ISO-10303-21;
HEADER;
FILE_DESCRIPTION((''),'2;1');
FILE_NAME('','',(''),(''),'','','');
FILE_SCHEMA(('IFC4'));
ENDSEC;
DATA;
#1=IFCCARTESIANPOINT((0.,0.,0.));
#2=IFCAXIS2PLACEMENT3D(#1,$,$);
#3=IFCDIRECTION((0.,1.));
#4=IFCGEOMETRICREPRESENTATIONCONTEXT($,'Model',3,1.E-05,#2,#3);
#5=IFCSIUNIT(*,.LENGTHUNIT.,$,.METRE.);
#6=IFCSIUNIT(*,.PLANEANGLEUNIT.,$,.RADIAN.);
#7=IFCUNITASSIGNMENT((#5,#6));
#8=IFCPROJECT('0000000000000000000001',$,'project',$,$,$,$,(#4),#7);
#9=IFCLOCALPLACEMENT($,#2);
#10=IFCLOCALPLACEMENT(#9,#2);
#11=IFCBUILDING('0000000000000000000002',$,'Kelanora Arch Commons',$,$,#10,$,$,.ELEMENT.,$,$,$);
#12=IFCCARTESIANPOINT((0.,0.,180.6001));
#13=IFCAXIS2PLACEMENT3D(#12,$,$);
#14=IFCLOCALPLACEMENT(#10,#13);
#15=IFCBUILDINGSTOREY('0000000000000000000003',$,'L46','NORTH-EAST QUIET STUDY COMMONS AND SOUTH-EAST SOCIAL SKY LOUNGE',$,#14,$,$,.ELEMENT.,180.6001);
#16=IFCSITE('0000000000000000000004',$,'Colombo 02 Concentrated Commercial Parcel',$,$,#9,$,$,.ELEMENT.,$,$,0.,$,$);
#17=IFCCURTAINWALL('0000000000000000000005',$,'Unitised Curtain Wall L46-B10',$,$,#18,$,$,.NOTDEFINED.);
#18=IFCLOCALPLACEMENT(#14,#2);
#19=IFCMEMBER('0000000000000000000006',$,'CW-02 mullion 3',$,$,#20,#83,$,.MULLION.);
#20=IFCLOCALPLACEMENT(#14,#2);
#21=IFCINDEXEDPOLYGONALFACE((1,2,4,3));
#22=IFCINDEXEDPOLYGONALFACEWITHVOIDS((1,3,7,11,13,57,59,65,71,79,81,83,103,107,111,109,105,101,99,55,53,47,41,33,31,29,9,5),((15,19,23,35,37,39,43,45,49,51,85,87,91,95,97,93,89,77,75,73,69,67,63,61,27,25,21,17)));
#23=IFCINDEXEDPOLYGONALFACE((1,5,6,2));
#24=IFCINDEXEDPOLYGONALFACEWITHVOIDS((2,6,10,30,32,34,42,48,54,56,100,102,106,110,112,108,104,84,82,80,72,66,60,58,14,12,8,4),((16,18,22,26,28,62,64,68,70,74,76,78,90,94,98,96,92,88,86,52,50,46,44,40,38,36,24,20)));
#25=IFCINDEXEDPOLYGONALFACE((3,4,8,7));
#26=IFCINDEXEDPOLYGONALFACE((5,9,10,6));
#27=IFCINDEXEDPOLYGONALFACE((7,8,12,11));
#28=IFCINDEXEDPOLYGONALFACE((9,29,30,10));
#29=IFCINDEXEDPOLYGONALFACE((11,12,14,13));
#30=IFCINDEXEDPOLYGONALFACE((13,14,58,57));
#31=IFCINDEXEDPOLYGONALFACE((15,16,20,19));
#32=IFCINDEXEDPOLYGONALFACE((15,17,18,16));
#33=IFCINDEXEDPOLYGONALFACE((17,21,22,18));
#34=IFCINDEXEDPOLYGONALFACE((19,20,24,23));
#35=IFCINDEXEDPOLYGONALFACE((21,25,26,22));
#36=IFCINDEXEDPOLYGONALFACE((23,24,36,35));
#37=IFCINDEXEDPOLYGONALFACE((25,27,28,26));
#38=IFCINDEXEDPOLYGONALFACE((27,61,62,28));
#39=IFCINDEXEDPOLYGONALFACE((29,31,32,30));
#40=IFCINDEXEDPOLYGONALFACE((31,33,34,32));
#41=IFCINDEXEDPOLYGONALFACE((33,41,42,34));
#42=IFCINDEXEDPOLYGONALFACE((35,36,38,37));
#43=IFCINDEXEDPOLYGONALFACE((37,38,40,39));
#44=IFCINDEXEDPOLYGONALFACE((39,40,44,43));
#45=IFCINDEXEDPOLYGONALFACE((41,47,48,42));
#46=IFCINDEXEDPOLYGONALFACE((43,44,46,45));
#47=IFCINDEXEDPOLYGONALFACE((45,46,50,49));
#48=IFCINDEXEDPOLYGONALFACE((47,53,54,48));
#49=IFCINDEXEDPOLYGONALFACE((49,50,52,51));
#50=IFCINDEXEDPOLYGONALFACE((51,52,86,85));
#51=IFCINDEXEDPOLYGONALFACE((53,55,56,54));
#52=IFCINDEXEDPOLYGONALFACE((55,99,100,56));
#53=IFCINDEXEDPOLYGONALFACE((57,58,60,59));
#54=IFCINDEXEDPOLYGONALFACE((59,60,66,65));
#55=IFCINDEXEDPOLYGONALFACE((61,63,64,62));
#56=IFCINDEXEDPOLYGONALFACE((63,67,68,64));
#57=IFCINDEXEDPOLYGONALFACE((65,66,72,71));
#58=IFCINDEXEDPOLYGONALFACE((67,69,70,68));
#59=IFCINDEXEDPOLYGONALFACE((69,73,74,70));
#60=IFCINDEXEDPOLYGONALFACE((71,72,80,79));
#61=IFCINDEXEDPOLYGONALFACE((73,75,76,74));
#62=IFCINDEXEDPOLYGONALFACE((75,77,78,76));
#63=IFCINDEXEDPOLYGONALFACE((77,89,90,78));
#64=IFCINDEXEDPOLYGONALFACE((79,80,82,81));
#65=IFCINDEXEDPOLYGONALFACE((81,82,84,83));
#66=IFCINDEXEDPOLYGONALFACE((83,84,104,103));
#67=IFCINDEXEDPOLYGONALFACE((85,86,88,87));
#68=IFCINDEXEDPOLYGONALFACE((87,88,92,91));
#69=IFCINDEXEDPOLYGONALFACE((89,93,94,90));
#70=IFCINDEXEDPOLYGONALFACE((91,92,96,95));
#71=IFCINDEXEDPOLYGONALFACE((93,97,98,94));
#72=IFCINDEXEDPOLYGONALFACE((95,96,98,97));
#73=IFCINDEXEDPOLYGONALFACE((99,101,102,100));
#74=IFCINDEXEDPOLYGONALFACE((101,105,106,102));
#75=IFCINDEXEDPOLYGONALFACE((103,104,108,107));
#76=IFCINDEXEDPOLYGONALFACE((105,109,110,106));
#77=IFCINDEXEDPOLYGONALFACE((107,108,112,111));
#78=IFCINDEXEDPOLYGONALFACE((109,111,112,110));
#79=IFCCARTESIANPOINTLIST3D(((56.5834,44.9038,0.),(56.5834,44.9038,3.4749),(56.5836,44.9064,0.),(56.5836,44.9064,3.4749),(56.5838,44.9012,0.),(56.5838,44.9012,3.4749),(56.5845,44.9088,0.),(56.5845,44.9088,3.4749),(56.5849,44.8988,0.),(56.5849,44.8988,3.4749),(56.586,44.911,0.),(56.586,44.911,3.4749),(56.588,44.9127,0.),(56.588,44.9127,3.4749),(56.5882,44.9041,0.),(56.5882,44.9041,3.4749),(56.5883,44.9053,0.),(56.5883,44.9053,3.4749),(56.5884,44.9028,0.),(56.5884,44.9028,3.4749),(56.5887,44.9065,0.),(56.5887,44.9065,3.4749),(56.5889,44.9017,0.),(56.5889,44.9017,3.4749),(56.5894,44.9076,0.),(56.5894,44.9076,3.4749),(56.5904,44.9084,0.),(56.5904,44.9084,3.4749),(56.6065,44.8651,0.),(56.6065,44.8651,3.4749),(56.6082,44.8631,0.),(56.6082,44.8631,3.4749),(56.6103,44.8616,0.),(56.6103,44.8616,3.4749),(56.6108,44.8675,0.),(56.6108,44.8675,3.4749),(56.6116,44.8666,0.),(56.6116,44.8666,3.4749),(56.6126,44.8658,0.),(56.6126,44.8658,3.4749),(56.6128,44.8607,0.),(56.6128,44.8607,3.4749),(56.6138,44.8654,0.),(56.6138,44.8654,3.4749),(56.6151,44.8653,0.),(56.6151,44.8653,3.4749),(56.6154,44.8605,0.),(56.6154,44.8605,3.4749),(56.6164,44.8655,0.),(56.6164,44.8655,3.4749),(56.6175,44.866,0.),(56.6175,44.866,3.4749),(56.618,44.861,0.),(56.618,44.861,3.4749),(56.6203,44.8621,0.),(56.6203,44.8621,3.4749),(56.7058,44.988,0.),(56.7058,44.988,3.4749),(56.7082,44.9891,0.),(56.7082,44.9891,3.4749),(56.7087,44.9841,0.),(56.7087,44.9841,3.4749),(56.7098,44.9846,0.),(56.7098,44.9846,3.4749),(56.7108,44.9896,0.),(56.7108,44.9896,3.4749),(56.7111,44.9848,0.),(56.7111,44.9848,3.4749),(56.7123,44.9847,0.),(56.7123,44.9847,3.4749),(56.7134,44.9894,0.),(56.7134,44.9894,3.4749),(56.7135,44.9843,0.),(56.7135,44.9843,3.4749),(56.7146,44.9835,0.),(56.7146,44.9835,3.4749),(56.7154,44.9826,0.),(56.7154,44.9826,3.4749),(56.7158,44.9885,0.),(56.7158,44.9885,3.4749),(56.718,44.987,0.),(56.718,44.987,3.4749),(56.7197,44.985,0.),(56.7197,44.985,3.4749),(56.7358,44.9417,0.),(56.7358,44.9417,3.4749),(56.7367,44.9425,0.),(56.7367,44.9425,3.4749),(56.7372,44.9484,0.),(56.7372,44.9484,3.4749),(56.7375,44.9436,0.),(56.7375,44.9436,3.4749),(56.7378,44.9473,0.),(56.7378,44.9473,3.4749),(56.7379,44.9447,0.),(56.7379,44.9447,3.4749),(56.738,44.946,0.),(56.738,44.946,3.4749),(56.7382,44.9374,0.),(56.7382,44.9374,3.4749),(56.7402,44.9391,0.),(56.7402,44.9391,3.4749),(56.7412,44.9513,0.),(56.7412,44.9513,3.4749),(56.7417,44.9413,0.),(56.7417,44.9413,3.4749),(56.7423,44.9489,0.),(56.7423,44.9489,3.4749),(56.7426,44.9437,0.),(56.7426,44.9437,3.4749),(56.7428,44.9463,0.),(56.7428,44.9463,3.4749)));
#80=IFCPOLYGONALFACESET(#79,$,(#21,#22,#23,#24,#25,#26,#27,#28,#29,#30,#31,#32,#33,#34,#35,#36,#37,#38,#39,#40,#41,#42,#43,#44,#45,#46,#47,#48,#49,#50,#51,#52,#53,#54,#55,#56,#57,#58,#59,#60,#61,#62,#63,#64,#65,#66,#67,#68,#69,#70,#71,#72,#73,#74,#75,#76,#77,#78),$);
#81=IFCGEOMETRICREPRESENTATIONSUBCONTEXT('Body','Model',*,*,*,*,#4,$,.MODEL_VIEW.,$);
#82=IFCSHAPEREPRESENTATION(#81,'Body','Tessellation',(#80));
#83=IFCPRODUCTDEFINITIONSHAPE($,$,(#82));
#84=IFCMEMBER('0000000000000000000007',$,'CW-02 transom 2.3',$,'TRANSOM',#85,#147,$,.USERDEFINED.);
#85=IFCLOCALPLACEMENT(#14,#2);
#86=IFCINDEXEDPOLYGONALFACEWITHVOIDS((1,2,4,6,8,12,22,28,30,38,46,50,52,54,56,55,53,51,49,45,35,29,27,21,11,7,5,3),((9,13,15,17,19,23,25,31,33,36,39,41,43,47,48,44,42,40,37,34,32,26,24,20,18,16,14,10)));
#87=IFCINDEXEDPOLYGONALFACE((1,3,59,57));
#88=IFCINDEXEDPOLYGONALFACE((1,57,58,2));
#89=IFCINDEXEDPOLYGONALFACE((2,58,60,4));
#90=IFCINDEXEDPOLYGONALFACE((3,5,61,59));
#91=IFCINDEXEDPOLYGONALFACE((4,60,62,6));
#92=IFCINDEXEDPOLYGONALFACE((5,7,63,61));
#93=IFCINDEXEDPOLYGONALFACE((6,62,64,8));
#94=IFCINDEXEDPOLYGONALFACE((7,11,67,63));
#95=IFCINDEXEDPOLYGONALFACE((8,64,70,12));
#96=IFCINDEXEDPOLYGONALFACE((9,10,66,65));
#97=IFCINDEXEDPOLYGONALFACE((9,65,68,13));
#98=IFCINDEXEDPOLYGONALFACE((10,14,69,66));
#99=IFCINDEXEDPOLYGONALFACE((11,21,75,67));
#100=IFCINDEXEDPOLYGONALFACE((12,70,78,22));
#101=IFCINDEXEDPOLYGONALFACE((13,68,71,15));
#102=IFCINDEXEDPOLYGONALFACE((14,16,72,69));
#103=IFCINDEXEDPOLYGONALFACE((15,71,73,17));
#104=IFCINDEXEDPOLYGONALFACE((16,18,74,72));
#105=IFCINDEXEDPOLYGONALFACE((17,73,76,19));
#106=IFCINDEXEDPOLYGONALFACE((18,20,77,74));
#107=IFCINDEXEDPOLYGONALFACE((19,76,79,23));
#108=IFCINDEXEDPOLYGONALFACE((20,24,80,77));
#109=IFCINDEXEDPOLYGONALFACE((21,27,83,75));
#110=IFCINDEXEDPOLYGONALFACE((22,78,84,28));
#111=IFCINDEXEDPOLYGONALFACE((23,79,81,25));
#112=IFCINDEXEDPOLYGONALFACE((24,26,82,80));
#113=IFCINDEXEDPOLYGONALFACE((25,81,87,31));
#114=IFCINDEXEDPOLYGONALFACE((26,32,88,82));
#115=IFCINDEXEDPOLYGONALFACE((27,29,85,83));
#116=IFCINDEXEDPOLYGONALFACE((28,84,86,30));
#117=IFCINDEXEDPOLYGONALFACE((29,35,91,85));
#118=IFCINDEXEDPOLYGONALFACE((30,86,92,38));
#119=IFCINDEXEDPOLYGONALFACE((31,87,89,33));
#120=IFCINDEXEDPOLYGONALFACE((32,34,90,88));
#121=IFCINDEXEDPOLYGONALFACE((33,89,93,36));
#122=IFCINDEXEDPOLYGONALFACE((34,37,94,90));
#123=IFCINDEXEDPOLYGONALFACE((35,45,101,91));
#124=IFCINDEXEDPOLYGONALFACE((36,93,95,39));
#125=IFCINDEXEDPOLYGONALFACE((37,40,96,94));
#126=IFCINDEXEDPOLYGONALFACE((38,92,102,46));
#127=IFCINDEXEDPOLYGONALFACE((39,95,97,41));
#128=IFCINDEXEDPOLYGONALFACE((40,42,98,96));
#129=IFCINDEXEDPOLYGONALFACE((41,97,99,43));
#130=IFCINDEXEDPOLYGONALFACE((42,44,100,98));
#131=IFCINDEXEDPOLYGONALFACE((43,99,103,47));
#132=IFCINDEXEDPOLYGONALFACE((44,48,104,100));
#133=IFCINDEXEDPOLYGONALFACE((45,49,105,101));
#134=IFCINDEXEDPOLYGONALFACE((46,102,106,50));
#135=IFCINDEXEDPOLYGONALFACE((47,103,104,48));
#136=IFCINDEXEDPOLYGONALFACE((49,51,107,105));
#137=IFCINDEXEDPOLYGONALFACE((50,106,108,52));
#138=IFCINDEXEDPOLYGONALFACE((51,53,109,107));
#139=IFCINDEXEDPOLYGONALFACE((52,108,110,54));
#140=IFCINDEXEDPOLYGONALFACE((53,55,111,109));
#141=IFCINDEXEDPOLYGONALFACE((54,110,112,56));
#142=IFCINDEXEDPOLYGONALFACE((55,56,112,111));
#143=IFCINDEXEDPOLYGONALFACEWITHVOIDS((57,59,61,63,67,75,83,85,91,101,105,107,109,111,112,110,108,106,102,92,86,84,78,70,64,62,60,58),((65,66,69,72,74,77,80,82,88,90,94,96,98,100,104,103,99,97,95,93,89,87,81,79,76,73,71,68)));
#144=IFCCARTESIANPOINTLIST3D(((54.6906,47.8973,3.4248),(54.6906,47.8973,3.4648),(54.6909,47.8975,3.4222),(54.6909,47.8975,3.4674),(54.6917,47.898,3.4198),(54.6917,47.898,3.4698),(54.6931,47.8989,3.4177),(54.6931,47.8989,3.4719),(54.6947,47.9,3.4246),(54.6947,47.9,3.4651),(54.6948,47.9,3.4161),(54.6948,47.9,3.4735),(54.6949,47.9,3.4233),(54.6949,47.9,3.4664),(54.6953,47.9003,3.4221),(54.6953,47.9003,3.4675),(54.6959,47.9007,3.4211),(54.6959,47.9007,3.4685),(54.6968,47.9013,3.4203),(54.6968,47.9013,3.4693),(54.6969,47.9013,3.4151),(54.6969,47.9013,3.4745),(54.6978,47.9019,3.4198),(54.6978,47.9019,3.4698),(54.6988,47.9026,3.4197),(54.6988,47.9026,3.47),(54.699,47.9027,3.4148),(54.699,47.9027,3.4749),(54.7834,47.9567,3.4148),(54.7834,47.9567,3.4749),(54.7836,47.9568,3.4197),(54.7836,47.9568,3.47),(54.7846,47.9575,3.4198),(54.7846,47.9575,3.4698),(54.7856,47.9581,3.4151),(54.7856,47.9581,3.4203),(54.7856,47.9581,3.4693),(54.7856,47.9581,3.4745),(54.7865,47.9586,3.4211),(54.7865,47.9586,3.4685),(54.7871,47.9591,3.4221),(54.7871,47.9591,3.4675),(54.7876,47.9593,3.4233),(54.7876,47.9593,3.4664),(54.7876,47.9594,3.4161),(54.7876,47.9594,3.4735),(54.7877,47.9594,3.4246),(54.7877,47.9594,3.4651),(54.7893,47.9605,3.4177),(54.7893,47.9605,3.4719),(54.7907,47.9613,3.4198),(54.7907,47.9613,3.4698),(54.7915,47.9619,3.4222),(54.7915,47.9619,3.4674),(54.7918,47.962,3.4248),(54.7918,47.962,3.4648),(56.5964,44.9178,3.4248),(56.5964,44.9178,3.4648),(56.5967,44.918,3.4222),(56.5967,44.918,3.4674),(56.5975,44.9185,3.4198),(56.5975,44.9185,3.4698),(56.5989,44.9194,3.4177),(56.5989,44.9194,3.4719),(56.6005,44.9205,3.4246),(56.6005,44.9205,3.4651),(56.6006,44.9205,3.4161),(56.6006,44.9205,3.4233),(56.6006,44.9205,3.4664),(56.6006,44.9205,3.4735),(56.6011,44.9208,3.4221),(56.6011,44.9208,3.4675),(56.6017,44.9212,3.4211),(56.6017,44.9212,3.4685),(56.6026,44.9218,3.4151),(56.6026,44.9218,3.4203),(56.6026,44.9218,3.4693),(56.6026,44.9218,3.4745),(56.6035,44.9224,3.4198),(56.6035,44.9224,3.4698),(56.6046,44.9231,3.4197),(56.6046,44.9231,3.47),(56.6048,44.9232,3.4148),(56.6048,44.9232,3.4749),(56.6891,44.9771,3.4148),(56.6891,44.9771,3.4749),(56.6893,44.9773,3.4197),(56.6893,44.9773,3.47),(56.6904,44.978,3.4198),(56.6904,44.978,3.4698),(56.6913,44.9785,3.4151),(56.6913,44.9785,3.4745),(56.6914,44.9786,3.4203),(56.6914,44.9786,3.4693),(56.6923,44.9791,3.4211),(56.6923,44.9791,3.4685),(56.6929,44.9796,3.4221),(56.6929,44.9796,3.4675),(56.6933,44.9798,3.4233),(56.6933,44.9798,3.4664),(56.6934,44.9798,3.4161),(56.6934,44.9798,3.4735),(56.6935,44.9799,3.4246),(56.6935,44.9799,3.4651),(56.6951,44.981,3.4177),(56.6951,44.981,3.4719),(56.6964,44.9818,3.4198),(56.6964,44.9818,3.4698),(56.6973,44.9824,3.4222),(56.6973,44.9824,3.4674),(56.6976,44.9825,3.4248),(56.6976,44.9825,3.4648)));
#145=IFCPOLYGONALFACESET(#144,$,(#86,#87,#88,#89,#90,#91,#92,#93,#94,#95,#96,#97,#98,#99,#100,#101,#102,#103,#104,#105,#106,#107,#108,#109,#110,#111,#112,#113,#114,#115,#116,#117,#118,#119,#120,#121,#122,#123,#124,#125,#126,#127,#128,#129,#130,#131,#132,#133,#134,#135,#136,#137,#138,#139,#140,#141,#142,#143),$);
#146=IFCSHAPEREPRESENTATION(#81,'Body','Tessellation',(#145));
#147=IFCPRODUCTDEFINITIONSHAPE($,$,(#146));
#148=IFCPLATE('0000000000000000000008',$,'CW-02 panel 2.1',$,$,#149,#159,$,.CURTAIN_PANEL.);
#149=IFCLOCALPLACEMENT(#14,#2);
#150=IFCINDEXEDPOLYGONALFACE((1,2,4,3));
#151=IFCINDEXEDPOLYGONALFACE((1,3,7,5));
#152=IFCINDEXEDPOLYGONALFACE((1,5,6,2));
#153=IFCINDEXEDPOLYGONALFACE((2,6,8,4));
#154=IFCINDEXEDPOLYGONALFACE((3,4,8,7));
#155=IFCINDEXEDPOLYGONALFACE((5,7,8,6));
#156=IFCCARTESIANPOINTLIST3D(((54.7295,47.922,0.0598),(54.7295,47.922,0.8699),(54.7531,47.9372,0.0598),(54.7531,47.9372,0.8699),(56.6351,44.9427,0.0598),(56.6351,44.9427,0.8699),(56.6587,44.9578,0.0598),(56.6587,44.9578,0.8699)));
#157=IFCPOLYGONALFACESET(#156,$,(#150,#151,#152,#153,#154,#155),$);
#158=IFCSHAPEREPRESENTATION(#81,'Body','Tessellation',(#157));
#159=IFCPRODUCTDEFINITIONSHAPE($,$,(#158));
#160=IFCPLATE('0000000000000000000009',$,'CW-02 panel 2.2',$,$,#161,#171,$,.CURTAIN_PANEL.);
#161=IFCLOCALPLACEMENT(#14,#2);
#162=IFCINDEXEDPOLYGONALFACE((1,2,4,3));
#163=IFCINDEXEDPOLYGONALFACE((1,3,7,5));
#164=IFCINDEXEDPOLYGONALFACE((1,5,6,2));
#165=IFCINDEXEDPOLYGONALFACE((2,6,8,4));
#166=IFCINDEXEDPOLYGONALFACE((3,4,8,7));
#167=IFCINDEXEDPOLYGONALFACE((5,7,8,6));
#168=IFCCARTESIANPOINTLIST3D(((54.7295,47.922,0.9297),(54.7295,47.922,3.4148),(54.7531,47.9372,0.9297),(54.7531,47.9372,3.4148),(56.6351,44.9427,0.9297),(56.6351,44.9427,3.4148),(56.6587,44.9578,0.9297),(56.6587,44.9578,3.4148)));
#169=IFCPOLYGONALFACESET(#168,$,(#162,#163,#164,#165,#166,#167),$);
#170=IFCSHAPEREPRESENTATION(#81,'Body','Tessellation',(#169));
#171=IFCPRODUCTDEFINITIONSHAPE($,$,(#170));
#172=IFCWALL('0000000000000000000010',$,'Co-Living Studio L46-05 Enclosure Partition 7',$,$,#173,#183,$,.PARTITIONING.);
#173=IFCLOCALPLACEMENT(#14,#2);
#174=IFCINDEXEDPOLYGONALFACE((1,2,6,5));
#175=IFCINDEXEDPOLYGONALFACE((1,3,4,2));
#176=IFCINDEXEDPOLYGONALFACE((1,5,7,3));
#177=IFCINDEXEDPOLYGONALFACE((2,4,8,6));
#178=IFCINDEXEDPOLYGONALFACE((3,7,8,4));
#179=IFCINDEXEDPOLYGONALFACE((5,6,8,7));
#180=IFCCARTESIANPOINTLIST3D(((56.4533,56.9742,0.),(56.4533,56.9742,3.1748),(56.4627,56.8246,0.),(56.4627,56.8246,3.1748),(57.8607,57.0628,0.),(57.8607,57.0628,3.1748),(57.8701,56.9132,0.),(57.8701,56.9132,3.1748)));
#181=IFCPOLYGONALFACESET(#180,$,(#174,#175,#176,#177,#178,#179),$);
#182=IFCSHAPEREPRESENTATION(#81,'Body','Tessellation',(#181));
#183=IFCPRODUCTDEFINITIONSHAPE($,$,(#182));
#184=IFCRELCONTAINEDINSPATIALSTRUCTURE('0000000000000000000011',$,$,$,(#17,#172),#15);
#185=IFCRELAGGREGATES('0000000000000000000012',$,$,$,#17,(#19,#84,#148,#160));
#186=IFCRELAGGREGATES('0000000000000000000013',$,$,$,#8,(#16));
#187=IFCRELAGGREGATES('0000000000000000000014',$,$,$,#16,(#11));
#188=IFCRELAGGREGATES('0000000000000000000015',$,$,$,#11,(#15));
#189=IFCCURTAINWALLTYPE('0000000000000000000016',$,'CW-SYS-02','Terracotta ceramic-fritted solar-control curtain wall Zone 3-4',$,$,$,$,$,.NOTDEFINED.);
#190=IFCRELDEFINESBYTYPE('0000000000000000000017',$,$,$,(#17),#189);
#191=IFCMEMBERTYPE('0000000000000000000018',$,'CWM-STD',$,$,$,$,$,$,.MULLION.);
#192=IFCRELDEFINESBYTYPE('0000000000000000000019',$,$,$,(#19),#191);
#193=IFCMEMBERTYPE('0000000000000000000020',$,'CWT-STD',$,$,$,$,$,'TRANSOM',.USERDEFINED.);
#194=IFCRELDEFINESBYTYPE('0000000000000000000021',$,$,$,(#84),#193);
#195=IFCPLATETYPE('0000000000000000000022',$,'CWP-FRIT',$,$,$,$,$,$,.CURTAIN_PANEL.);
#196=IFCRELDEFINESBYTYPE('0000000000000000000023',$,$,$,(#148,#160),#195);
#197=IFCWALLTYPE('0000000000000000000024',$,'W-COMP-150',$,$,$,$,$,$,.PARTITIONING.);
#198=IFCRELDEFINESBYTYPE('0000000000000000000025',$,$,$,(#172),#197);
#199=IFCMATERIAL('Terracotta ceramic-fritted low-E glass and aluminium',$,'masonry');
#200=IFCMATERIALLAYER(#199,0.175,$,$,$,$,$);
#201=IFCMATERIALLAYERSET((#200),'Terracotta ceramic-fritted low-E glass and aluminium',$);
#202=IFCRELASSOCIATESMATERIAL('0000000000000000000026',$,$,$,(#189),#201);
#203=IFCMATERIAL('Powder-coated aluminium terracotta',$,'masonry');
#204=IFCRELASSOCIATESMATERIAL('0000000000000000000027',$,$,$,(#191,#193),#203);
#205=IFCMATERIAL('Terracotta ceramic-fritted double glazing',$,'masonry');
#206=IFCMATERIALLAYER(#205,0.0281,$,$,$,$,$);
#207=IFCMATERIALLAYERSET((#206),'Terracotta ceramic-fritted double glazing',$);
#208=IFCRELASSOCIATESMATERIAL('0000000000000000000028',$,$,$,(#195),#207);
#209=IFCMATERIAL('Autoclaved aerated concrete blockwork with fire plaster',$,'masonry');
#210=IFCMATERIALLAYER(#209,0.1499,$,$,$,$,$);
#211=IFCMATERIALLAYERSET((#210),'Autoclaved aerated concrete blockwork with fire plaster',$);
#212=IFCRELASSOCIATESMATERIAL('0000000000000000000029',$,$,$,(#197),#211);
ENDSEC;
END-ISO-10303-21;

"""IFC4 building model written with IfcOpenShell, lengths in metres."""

from ifc_helpers import new_model, si_unit, direction, frame, frame_2d, origin, origin_2d, place, context, subcontext, project, spatial, rectangle, hollow_rectangle, extrude, source, transform, mapped, material, layer, layer_set, material_profile, profile_set, type_object, element, aggregate, save


model = new_model("IFC4")

# Units and contexts
model_context = context("Model", 3, precision=1e-05, world=origin(), true_north=direction((0.0, 1.0)))
body_context = subcontext(model_context, "Body", "Model", "MODEL_VIEW")
ifc_project = project(units=[si_unit("LENGTHUNIT", "METRE"), si_unit("PLANEANGLEUNIT", "RADIAN")], contexts=[model_context])

# Site, building, storey
site_placement = place(None, origin())
site = spatial("IfcSite", under=ifc_project, at=site_placement, Name="Colombo 02 Concentrated Commercial Parcel", CompositionType="ELEMENT", RefElevation=0.0)
building_placement = place(site_placement, origin())
building = spatial("IfcBuilding", under=site, at=building_placement, Name="Kelanora Arch Commons", CompositionType="ELEMENT")
storey_placement = place(building_placement, frame((0.0, 0.0, 180.6001)))
storey = spatial("IfcBuildingStorey", under=building, at=storey_placement, Name="L46", Description="NORTH-EAST QUIET STUDY COMMONS AND SOUTH-EAST SOCIAL SKY LOUNGE", CompositionType="ELEMENT", Elevation=180.6001)

# Curtain wall, members, plates
ifc_material_1 = material(Name="Terracotta ceramic-fritted low-E glass and aluminium", Category="masonry")
ifc_layer_1 = layer(ifc_material_1, 0.175)
ifc_layer_set_1 = layer_set([ifc_layer_1], Name="Terracotta ceramic-fritted low-E glass and aluminium")
curtain_wall_type = type_object("IfcCurtainWallType", Name="CW-SYS-02", Description="Terracotta ceramic-fritted solar-control curtain wall Zone 3-4", PredefinedType="NOTDEFINED", material=ifc_layer_set_1)
curtain_wall_placement = place(storey_placement, origin())
curtain_wall = element("IfcCurtainWall", 1, at=curtain_wall_placement, inside=storey, type_object=curtain_wall_type, Name="Unitised Curtain Wall L46-B10", PredefinedType="NOTDEFINED")
ifc_material_2 = material(Name="Powder-coated aluminium terracotta", Category="masonry")
ifc_material_profile_1 = material_profile(ifc_material_2, hollow_rectangle(XDim=0.1599, YDim=0.0601, WallThickness=0.0049, InnerFilletRadius=0.0049, OuterFilletRadius=0.01, at=origin_2d()), Name="CWM160x60")
ifc_profile_set_1 = profile_set([ifc_material_profile_1], Name="Powder-coated aluminium terracotta")
member_type_1 = type_object("IfcMemberType", Name="CWM-STD", PredefinedType="MULLION", material=ifc_profile_set_1)
member_1_placement = place(storey_placement, frame((56.6631, 44.925, 0.0), z_axis=(0.0, 0.0, 1.0), x_axis=(0.842423, 0.538817, 0.0)))
member_1 = element("IfcMember", 2, at=member_1_placement, type_object=member_type_1, Name="CW-02 mullion 3", PredefinedType="MULLION", context=body_context, shape_type="SweptSolid", body=[
    extrude(hollow_rectangle(XDim=0.1599, YDim=0.0601, WallThickness=0.0049, InnerFilletRadius=0.0049, OuterFilletRadius=0.01, at=origin_2d()), origin(), (0.0, 0.0, 1.0), 3.4749),
])
ifc_material_profile_2 = material_profile(ifc_material_2, hollow_rectangle(XDim=0.1201, YDim=0.0601, WallThickness=0.0049, InnerFilletRadius=0.0049, OuterFilletRadius=0.01, at=origin_2d()), Name="CWT120x60")
ifc_profile_set_2 = profile_set([ifc_material_profile_2], Name="Powder-coated aluminium terracotta")
member_type_2 = type_object("IfcMemberType", Name="CWT-STD", ElementType="TRANSOM", PredefinedType="USERDEFINED", material=ifc_profile_set_2)
member_2_placement = place(storey_placement, frame((54.7412, 47.9297, 3.4448), z_axis=(0.53883, -0.842414, 0.0), x_axis=(0.842414, 0.53883, 0.0)))
member_2 = element("IfcMember", 3, at=member_2_placement, type_object=member_type_2, Name="CW-02 transom 2.3", ObjectType="TRANSOM", PredefinedType="USERDEFINED", context=body_context, shape_type="SweptSolid", body=[
    extrude(hollow_rectangle(XDim=0.1201, YDim=0.0601, WallThickness=0.0049, InnerFilletRadius=0.0049, OuterFilletRadius=0.01, at=origin_2d()), origin(), (0.0, 0.0, 1.0), 3.5369),
])
ifc_material_3 = material(Name="Terracotta ceramic-fritted double glazing", Category="masonry")
ifc_layer_2 = layer(ifc_material_3, 0.0281)
ifc_layer_set_2 = layer_set([ifc_layer_2], Name="Terracotta ceramic-fritted double glazing")
plate_type = type_object("IfcPlateType", Name="CWP-FRIT", PredefinedType="CURTAIN_PANEL", material=ifc_layer_set_2)
shared_shape_1 = source(origin(), body_context, "Body", "SweptSolid", [
    extrude(rectangle(XDim=3.5366, YDim=0.0281, at=origin_2d()), origin(), (0.0, 0.0, 1.0), 0.8101),
])
plate_1_placement = place(storey_placement, frame((55.6941, 46.4399, 0.0598), z_axis=(0.0, 0.0, 1.0), x_axis=(0.538817, -0.842423, 0.0)))
plate_1 = element("IfcPlate", 4, at=plate_1_placement, type_object=plate_type, Name="CW-02 panel 2.1", PredefinedType="CURTAIN_PANEL", context=body_context, shape_type="MappedRepresentation", body=[
    mapped(shared_shape_1, transform((0.0, 0.0, 0.0), scale=1.0)),
])
shared_shape_2 = source(origin(), body_context, "Body", "SweptSolid", [
    extrude(rectangle(XDim=3.5366, YDim=0.0281, at=origin_2d()), origin(), (0.0, 0.0, 1.0), 2.4851),
])
plate_2_placement = place(storey_placement, frame((55.6941, 46.4399, 0.9297), z_axis=(0.0, 0.0, 1.0), x_axis=(0.538817, -0.842423, 0.0)))
plate_2 = element("IfcPlate", 5, at=plate_2_placement, type_object=plate_type, Name="CW-02 panel 2.2", PredefinedType="CURTAIN_PANEL", context=body_context, shape_type="MappedRepresentation", body=[
    mapped(shared_shape_2, transform((0.0, 0.0, 0.0), scale=1.0)),
])
aggregate(curtain_wall, [member_1, member_2, plate_1, plate_2])

# Wall
ifc_material_4 = material(Name="Autoclaved aerated concrete blockwork with fire plaster", Category="masonry")
ifc_layer_3 = layer(ifc_material_4, 0.1499)
ifc_layer_set_3 = layer_set([ifc_layer_3], Name="Autoclaved aerated concrete blockwork with fire plaster")
wall_type_1 = type_object("IfcWallType", Name="W-COMP-150", PredefinedType="PARTITIONING", material=ifc_layer_set_3)
wall_1_placement = place(storey_placement, frame((56.458, 56.8994, 0.0), z_axis=(0.0, 0.0, 1.0), x_axis=(0.998024, 0.062842, 0.0)))
element("IfcWall", 6, at=wall_1_placement, inside=storey, type_object=wall_type_1, Name="Co-Living Studio L46-05 Enclosure Partition 7", PredefinedType="PARTITIONING", context=body_context, shape_type="SweptSolid", body=[
    extrude(rectangle(XDim=1.4102, YDim=0.1499, at=frame_2d((0.7051, 0.0))), origin(), (0.0, 0.0, 1.0), 3.1748),
])

save(model, "model.ifc")
